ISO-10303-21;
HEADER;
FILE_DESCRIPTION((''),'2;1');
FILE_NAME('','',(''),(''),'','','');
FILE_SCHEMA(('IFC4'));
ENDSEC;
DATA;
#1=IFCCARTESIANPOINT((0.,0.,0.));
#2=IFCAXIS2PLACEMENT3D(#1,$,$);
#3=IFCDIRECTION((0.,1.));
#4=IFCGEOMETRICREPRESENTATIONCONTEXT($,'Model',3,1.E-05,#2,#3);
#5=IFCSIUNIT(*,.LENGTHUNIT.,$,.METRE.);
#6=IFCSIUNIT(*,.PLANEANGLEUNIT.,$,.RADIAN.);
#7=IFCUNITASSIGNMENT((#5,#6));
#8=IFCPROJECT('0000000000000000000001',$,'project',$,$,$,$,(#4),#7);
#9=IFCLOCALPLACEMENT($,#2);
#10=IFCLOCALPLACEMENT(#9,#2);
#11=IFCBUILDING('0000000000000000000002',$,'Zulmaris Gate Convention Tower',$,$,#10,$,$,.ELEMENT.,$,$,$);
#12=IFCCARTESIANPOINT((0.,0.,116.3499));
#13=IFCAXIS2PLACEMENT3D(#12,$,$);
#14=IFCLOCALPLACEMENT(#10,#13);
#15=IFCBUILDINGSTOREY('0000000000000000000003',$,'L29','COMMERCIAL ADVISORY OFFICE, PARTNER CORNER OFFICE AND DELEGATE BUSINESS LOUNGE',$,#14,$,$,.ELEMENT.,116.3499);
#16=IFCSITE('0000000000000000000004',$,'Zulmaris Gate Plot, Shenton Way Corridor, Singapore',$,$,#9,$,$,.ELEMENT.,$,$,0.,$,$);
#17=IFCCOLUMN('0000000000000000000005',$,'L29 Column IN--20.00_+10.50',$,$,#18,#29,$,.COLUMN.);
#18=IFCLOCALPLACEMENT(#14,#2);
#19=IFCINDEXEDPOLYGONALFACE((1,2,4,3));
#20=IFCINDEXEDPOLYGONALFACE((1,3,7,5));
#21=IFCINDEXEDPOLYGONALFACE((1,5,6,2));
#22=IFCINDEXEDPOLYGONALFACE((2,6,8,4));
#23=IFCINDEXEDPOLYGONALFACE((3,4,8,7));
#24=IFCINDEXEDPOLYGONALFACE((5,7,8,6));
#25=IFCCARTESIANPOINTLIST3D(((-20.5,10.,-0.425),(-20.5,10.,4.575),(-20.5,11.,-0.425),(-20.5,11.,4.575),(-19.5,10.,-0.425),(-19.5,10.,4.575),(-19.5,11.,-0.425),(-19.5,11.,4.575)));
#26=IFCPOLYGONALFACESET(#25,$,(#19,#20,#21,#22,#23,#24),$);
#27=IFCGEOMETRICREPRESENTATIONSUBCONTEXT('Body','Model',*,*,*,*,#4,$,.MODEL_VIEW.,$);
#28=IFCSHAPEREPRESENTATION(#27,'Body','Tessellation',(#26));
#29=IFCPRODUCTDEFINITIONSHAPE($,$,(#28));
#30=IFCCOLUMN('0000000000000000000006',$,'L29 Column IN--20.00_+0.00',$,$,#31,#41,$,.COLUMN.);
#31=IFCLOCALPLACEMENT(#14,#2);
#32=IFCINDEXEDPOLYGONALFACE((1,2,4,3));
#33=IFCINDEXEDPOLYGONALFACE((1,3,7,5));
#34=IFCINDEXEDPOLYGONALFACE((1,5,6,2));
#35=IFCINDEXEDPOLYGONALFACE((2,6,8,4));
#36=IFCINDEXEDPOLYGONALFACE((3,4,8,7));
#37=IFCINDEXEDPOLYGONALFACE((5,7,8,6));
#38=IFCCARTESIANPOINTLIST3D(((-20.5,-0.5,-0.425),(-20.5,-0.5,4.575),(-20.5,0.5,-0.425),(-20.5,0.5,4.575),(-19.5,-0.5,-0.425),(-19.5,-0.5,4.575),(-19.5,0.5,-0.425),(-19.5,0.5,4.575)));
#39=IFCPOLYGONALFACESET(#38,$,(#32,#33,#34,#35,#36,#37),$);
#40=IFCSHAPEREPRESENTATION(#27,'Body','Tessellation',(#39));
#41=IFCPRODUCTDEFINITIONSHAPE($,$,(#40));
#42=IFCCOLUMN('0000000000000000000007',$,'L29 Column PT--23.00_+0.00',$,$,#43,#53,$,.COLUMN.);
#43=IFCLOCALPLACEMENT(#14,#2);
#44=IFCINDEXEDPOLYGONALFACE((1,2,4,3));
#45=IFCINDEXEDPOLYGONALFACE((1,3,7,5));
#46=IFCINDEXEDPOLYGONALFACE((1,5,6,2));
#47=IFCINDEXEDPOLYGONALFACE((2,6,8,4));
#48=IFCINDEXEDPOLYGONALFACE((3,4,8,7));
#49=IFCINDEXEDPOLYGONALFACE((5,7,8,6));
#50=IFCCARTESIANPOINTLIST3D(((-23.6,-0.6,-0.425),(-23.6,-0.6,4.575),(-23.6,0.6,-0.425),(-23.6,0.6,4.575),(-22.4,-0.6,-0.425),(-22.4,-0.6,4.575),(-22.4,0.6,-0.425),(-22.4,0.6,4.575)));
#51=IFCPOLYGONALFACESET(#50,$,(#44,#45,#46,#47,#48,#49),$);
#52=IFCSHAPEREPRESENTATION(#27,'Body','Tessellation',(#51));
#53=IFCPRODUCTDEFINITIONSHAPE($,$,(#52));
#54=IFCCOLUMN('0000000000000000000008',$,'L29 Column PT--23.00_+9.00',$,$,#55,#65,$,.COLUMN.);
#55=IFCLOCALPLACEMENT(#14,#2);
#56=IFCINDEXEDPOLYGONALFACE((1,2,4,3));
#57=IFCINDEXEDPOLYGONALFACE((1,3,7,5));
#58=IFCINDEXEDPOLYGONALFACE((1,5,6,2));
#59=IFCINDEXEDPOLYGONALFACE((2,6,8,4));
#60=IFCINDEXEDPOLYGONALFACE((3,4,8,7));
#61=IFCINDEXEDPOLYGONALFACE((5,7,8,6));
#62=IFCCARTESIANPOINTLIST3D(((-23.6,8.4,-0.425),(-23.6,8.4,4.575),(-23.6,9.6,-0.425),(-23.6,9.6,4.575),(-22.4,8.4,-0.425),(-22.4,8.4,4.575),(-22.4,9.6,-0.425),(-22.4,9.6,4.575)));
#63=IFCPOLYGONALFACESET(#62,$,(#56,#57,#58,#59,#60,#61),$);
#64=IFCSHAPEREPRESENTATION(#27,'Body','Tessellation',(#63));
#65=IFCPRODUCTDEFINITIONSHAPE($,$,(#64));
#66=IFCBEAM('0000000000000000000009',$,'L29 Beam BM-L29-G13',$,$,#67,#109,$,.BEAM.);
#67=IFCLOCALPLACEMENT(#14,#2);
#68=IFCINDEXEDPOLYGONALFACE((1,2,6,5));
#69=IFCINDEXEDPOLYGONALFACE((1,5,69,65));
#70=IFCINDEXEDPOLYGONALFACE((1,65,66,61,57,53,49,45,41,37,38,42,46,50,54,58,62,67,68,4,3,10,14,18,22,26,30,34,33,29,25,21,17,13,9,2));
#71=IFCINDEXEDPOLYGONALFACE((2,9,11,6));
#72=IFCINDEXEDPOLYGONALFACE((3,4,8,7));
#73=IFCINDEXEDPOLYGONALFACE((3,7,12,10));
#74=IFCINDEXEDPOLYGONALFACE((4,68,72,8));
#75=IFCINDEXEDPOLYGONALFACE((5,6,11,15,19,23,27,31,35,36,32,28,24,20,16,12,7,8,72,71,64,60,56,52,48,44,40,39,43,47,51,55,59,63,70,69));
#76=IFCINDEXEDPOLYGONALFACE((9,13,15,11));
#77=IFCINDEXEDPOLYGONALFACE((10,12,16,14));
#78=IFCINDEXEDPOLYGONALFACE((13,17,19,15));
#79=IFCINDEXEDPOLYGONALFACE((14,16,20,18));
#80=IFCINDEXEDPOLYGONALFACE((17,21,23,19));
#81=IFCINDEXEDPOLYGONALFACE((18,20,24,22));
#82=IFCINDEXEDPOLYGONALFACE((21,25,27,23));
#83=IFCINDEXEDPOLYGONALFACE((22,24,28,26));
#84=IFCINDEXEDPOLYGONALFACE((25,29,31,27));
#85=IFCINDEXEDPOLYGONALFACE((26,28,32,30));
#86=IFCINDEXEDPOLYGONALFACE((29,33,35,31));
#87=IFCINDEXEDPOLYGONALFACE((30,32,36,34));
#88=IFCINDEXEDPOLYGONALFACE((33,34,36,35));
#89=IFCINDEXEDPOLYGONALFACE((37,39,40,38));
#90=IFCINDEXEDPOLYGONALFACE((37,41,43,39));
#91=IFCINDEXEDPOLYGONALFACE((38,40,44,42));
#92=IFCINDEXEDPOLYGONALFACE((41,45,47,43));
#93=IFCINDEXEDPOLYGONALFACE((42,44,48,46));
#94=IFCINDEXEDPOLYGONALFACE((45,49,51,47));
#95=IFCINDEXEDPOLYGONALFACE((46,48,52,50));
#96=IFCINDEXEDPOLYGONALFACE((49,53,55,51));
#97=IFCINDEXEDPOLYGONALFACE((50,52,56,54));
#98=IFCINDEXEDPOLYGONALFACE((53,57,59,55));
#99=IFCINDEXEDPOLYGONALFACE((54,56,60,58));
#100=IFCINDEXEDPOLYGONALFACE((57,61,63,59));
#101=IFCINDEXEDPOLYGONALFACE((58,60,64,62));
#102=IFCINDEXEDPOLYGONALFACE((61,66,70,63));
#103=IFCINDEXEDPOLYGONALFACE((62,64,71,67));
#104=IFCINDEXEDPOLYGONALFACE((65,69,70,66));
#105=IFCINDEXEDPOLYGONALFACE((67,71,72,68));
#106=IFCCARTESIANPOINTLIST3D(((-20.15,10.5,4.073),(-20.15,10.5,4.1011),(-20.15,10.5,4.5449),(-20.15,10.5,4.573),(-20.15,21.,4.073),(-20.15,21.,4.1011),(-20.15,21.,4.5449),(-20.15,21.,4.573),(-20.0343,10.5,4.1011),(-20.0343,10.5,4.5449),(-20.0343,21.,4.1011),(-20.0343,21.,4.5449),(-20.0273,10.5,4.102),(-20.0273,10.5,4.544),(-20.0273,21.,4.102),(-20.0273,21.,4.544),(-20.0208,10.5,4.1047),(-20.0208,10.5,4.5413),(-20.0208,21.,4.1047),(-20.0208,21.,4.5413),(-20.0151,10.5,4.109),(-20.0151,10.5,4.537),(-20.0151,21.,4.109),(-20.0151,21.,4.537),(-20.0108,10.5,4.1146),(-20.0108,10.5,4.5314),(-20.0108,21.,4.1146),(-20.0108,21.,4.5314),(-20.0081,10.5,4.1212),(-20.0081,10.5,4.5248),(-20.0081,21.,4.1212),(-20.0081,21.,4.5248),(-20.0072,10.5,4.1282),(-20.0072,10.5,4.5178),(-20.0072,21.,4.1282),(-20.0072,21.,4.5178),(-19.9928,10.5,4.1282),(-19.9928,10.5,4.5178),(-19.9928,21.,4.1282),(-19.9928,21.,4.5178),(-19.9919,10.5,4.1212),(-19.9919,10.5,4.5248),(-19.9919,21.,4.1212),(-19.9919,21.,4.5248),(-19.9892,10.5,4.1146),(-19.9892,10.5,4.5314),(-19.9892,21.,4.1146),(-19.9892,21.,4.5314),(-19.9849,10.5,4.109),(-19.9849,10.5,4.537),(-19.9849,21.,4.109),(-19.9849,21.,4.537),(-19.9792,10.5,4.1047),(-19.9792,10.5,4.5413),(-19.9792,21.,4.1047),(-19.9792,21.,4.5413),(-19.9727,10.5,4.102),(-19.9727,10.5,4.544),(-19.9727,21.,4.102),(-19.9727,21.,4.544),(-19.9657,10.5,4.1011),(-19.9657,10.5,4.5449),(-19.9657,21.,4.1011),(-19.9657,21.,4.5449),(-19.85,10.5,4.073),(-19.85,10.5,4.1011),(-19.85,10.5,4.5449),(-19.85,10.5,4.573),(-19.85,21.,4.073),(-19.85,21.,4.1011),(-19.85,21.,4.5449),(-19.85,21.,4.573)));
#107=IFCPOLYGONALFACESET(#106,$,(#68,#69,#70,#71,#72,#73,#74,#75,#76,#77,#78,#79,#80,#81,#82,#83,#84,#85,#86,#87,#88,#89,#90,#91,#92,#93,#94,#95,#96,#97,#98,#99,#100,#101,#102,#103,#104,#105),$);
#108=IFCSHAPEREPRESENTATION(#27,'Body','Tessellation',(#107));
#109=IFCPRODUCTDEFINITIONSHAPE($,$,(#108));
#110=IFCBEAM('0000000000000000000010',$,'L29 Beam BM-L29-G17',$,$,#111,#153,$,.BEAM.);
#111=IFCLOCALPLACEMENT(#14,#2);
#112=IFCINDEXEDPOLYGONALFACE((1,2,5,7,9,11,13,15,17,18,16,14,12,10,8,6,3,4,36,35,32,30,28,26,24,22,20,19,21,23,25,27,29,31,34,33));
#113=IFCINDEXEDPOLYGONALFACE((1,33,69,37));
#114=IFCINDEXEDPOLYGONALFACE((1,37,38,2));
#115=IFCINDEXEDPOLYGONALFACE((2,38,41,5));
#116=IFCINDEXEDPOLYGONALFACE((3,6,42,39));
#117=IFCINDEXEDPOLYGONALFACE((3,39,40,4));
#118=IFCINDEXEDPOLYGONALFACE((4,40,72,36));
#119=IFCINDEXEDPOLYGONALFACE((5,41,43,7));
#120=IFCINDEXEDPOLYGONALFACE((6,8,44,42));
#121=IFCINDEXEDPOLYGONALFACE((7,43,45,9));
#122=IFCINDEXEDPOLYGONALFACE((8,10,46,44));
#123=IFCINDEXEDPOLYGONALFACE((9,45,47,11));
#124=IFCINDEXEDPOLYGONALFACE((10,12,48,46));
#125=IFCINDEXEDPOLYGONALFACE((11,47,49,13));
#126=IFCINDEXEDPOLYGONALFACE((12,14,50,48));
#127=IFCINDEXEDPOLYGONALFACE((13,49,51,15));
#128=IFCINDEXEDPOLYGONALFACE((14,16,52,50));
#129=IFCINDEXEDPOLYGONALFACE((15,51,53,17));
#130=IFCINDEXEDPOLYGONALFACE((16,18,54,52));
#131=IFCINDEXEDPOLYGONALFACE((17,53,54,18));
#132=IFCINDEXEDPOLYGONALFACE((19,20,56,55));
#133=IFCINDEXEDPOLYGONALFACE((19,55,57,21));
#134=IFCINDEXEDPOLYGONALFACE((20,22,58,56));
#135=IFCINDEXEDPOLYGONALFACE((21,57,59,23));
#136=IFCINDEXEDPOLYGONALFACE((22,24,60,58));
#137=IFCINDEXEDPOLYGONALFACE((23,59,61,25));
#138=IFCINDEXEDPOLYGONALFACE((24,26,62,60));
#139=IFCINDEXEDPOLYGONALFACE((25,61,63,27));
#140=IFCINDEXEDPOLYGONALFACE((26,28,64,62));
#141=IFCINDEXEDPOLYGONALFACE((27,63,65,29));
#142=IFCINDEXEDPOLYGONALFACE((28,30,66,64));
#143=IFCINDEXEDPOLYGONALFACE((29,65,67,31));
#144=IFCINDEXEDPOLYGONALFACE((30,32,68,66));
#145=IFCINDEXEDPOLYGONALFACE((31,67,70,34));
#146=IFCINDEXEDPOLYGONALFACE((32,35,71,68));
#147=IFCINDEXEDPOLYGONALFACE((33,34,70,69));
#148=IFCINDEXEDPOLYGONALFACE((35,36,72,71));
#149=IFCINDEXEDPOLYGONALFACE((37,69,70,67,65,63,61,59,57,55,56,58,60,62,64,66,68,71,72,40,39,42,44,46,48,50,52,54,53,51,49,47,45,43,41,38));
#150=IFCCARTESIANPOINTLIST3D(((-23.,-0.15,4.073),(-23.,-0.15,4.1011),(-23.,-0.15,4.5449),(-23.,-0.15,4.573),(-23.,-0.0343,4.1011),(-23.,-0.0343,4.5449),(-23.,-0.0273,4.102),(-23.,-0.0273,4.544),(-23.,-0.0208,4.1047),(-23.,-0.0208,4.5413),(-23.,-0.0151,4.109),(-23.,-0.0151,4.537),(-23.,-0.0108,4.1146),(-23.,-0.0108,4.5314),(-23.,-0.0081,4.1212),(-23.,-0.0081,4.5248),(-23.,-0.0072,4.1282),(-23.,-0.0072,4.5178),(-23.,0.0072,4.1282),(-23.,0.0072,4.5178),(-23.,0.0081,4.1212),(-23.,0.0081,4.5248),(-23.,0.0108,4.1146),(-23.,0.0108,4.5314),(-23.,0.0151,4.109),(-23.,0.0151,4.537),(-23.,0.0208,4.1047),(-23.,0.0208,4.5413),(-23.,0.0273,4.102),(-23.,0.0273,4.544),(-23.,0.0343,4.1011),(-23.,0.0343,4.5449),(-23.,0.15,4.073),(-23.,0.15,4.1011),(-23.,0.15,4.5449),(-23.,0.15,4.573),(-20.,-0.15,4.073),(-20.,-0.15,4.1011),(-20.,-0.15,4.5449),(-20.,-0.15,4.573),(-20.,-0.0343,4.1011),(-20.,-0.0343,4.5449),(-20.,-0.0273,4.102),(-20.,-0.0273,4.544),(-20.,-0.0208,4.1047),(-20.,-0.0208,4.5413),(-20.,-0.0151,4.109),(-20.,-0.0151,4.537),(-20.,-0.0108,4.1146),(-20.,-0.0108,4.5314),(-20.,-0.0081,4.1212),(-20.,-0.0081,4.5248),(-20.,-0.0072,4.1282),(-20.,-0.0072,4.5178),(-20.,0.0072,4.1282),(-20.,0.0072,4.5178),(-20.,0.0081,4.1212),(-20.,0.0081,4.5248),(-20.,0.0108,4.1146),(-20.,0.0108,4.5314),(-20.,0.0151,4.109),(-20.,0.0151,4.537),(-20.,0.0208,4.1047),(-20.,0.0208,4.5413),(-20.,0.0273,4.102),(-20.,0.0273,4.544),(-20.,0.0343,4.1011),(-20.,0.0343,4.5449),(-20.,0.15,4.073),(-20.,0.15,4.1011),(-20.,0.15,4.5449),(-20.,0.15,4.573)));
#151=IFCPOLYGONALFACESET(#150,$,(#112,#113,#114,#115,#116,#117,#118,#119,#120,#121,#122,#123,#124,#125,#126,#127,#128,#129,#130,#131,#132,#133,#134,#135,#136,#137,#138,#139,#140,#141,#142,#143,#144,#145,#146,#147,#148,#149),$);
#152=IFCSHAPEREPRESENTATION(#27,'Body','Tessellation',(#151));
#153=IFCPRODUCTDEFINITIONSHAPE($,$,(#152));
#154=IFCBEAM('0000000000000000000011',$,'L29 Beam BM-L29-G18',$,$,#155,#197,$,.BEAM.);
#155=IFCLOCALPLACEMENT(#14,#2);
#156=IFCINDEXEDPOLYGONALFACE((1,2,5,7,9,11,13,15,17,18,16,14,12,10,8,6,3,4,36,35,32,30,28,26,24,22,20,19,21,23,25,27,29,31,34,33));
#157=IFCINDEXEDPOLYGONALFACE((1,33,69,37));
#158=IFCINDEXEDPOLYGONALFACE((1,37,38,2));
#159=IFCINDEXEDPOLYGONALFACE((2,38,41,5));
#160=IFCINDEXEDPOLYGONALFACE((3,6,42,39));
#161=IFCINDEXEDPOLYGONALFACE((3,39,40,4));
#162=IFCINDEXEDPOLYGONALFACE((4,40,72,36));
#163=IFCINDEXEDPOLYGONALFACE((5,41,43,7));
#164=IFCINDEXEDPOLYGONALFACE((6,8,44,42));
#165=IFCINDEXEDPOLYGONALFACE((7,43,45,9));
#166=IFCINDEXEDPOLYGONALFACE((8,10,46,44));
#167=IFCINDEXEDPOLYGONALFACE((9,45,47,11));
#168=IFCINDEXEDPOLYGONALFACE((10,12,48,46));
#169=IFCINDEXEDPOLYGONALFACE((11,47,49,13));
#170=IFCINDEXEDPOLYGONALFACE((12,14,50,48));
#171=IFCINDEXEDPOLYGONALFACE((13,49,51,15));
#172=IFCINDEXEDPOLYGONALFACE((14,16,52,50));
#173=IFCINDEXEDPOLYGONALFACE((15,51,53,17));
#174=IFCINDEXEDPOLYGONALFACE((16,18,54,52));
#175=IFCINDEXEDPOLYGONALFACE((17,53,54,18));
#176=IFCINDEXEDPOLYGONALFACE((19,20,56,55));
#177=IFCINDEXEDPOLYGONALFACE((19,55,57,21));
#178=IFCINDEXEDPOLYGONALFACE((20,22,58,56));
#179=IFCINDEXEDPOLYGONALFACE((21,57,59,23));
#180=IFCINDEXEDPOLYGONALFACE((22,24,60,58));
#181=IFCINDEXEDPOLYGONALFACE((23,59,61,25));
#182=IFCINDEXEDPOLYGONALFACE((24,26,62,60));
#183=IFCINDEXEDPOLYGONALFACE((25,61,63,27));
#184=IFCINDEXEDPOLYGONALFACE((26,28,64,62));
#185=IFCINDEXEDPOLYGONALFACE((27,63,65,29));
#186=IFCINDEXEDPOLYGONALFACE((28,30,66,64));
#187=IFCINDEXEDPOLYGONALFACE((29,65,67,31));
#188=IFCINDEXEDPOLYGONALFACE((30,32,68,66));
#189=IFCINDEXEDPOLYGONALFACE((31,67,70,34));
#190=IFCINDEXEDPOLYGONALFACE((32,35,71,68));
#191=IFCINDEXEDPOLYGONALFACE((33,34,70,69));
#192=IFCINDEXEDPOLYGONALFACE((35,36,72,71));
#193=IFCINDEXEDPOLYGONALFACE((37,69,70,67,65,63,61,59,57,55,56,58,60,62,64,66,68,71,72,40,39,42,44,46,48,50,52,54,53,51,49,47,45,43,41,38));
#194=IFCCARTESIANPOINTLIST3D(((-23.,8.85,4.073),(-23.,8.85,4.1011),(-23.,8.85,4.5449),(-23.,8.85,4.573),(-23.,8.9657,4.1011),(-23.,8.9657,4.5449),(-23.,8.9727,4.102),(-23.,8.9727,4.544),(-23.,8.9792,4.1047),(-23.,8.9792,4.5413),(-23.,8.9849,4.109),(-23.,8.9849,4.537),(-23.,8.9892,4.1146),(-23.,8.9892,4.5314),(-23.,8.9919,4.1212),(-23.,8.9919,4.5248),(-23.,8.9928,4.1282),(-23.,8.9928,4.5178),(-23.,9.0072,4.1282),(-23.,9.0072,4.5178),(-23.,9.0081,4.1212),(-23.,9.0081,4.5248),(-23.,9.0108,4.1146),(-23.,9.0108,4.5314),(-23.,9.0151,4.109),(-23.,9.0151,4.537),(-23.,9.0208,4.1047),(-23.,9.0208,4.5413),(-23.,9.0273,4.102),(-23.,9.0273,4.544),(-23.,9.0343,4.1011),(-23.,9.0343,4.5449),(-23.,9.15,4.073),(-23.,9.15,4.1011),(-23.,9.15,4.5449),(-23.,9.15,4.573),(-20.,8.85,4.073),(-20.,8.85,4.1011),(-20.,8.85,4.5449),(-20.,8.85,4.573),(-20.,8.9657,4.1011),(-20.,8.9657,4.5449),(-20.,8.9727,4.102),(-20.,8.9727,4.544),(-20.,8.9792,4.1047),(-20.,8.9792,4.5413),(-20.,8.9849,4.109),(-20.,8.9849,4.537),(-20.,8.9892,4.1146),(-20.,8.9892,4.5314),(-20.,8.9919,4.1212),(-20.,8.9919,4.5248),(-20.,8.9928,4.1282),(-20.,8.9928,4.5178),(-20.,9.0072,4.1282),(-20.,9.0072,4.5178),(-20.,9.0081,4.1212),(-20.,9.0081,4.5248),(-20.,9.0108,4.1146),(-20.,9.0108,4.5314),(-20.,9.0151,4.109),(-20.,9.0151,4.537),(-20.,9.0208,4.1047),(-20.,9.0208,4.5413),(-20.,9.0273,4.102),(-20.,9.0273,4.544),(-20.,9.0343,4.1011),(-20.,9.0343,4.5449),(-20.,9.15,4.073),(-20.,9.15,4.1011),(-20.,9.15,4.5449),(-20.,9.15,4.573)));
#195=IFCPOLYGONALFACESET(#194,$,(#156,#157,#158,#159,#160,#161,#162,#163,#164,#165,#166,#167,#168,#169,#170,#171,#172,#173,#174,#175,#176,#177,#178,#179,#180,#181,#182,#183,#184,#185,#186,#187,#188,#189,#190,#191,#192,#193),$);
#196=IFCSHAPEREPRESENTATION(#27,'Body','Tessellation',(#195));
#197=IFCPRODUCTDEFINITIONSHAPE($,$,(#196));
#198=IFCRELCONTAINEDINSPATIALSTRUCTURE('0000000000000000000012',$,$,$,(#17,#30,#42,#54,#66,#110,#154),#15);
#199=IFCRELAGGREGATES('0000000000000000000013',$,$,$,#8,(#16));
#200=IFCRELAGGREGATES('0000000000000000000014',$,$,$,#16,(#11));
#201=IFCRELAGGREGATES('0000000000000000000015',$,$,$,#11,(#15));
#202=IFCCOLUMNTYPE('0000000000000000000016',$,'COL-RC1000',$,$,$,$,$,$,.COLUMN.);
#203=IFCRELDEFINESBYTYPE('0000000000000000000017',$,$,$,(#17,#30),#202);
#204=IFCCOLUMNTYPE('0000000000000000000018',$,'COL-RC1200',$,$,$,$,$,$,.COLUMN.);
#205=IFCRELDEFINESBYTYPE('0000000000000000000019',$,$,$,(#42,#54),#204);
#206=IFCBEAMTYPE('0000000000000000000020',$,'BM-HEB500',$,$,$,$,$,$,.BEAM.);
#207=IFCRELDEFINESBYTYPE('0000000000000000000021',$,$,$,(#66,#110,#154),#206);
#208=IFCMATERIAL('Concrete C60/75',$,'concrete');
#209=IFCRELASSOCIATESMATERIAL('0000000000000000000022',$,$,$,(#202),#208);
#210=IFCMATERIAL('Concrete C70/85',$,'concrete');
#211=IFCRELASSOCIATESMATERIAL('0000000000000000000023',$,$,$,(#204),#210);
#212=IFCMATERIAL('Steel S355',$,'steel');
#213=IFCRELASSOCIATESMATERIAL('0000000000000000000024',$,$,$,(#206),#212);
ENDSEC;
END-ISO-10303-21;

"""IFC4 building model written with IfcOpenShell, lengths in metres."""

from ifc_helpers import new_model, si_unit, direction, frame, origin, origin_2d, place, context, subcontext, project, spatial, rectangle, i_section, extrude, material, material_profile, profile_set, type_object, element, save


model = new_model("IFC4")

# Units and contexts
model_context = context("Model", 3, precision=1e-05, world=origin(), true_north=direction((0.0, 1.0)))
body_context = subcontext(model_context, "Body", "Model", "MODEL_VIEW")
ifc_project = project(units=[si_unit("LENGTHUNIT", "METRE"), si_unit("PLANEANGLEUNIT", "RADIAN")], contexts=[model_context])

# Site, building, storey
site_placement = place(None, origin())
site = spatial("IfcSite", under=ifc_project, at=site_placement, Name="Zulmaris Gate Plot, Shenton Way Corridor, Singapore", CompositionType="ELEMENT", RefElevation=0.0)
building_placement = place(site_placement, origin())
building = spatial("IfcBuilding", under=site, at=building_placement, Name="Zulmaris Gate Convention Tower", CompositionType="ELEMENT")
storey_placement = place(building_placement, frame((0.0, 0.0, 116.3499)))
storey = spatial("IfcBuildingStorey", under=building, at=storey_placement, Name="L29", Description="COMMERCIAL ADVISORY OFFICE, PARTNER CORNER OFFICE AND DELEGATE BUSINESS LOUNGE", CompositionType="ELEMENT", Elevation=116.3499)

# Columns
ifc_material_1 = material(Name="Concrete C60/75", Category="concrete")
ifc_material_profile_1 = material_profile(ifc_material_1, rectangle(XDim=1.0, YDim=1.0, at=origin_2d()), Name="RC COL 1000x1000")
ifc_profile_set_1 = profile_set([ifc_material_profile_1], Name="Concrete C60/75")
column_type_1 = type_object("IfcColumnType", Name="COL-RC1000", PredefinedType="COLUMN", material=ifc_profile_set_1)
for number, where, z_axis, x_axis, name in (
    (1, (-20.0, 10.5, -0.425), (0.0, 0.0, 1.0), (1.0, 0.0, 0.0), "L29 Column IN--20.00_+10.50"),
    (2, (-20.0, 0.0, -0.425), (0.0, 0.0, 1.0), (1.0, 0.0, 0.0), "L29 Column IN--20.00_+0.00"),
):
    element("IfcColumn", number, at=place(storey_placement, frame(where, z_axis=z_axis, x_axis=x_axis)), inside=storey, type_object=column_type_1, Name=name, PredefinedType="COLUMN", context=body_context, shape_type="SweptSolid", body=[
        extrude(rectangle(XDim=1.0, YDim=1.0, at=origin_2d()), origin(), (0.0, 0.0, 1.0), 5.0),
    ])
ifc_material_2 = material(Name="Concrete C70/85", Category="concrete")
ifc_material_profile_2 = material_profile(ifc_material_2, rectangle(XDim=1.2, YDim=1.2, at=origin_2d()), Name="RC COL 1200x1200")
ifc_profile_set_2 = profile_set([ifc_material_profile_2], Name="Concrete C70/85")
column_type_2 = type_object("IfcColumnType", Name="COL-RC1200", PredefinedType="COLUMN", material=ifc_profile_set_2)
for number, where, z_axis, x_axis, name in (
    (3, (-23.0, 0.0, -0.425), (0.0, 0.0, 1.0), (1.0, 0.0, 0.0), "L29 Column PT--23.00_+0.00"),
    (4, (-23.0, 9.0, -0.425), (0.0, 0.0, 1.0), (1.0, 0.0, 0.0), "L29 Column PT--23.00_+9.00"),
):
    element("IfcColumn", number, at=place(storey_placement, frame(where, z_axis=z_axis, x_axis=x_axis)), inside=storey, type_object=column_type_2, Name=name, PredefinedType="COLUMN", context=body_context, shape_type="SweptSolid", body=[
        extrude(rectangle(XDim=1.2, YDim=1.2, at=origin_2d()), origin(), (0.0, 0.0, 1.0), 5.0),
    ])

# Beams
ifc_material_3 = material(Name="Steel S355", Category="steel")
ifc_material_profile_3 = material_profile(ifc_material_3, i_section(OverallWidth=0.3, OverallDepth=0.5, WebThickness=0.0144, FlangeThickness=0.0281, FilletRadius=0.0271, at=origin_2d()), Name="HEB 500")
ifc_profile_set_3 = profile_set([ifc_material_profile_3], Name="Steel S355")
beam_type_1 = type_object("IfcBeamType", Name="BM-HEB500", PredefinedType="BEAM", material=ifc_profile_set_3)
beam_1_placement = place(storey_placement, frame((-20.0, 10.5, 4.323), z_axis=(0.0, 1.0, 0.0), x_axis=(-1.0, 0.0, 0.0)))
element("IfcBeam", 5, at=beam_1_placement, inside=storey, type_object=beam_type_1, Name="L29 Beam BM-L29-G13", PredefinedType="BEAM", context=body_context, shape_type="SweptSolid", body=[
    extrude(i_section(OverallWidth=0.3, OverallDepth=0.5, WebThickness=0.0144, FlangeThickness=0.0281, FilletRadius=0.0271, at=origin_2d()), origin(), (0.0, 0.0, 1.0), 10.5),
])
for number, where, z_axis, x_axis, name in (
    (6, (-23.0, 0.0, 4.323), (1.0, 0.0, 0.0), (0.0, 1.0, 0.0), "L29 Beam BM-L29-G17"),
    (7, (-23.0, 9.0, 4.323), (1.0, 0.0, 0.0), (0.0, 1.0, 0.0), "L29 Beam BM-L29-G18"),
):
    element("IfcBeam", number, at=place(storey_placement, frame(where, z_axis=z_axis, x_axis=x_axis)), inside=storey, type_object=beam_type_1, Name=name, PredefinedType="BEAM", context=body_context, shape_type="SweptSolid", body=[
        extrude(i_section(OverallWidth=0.3, OverallDepth=0.5, WebThickness=0.0144, FlangeThickness=0.0281, FilletRadius=0.0271, at=origin_2d()), origin(), (0.0, 0.0, 1.0), 3.0),
    ])

save(model, "model.ifc")
